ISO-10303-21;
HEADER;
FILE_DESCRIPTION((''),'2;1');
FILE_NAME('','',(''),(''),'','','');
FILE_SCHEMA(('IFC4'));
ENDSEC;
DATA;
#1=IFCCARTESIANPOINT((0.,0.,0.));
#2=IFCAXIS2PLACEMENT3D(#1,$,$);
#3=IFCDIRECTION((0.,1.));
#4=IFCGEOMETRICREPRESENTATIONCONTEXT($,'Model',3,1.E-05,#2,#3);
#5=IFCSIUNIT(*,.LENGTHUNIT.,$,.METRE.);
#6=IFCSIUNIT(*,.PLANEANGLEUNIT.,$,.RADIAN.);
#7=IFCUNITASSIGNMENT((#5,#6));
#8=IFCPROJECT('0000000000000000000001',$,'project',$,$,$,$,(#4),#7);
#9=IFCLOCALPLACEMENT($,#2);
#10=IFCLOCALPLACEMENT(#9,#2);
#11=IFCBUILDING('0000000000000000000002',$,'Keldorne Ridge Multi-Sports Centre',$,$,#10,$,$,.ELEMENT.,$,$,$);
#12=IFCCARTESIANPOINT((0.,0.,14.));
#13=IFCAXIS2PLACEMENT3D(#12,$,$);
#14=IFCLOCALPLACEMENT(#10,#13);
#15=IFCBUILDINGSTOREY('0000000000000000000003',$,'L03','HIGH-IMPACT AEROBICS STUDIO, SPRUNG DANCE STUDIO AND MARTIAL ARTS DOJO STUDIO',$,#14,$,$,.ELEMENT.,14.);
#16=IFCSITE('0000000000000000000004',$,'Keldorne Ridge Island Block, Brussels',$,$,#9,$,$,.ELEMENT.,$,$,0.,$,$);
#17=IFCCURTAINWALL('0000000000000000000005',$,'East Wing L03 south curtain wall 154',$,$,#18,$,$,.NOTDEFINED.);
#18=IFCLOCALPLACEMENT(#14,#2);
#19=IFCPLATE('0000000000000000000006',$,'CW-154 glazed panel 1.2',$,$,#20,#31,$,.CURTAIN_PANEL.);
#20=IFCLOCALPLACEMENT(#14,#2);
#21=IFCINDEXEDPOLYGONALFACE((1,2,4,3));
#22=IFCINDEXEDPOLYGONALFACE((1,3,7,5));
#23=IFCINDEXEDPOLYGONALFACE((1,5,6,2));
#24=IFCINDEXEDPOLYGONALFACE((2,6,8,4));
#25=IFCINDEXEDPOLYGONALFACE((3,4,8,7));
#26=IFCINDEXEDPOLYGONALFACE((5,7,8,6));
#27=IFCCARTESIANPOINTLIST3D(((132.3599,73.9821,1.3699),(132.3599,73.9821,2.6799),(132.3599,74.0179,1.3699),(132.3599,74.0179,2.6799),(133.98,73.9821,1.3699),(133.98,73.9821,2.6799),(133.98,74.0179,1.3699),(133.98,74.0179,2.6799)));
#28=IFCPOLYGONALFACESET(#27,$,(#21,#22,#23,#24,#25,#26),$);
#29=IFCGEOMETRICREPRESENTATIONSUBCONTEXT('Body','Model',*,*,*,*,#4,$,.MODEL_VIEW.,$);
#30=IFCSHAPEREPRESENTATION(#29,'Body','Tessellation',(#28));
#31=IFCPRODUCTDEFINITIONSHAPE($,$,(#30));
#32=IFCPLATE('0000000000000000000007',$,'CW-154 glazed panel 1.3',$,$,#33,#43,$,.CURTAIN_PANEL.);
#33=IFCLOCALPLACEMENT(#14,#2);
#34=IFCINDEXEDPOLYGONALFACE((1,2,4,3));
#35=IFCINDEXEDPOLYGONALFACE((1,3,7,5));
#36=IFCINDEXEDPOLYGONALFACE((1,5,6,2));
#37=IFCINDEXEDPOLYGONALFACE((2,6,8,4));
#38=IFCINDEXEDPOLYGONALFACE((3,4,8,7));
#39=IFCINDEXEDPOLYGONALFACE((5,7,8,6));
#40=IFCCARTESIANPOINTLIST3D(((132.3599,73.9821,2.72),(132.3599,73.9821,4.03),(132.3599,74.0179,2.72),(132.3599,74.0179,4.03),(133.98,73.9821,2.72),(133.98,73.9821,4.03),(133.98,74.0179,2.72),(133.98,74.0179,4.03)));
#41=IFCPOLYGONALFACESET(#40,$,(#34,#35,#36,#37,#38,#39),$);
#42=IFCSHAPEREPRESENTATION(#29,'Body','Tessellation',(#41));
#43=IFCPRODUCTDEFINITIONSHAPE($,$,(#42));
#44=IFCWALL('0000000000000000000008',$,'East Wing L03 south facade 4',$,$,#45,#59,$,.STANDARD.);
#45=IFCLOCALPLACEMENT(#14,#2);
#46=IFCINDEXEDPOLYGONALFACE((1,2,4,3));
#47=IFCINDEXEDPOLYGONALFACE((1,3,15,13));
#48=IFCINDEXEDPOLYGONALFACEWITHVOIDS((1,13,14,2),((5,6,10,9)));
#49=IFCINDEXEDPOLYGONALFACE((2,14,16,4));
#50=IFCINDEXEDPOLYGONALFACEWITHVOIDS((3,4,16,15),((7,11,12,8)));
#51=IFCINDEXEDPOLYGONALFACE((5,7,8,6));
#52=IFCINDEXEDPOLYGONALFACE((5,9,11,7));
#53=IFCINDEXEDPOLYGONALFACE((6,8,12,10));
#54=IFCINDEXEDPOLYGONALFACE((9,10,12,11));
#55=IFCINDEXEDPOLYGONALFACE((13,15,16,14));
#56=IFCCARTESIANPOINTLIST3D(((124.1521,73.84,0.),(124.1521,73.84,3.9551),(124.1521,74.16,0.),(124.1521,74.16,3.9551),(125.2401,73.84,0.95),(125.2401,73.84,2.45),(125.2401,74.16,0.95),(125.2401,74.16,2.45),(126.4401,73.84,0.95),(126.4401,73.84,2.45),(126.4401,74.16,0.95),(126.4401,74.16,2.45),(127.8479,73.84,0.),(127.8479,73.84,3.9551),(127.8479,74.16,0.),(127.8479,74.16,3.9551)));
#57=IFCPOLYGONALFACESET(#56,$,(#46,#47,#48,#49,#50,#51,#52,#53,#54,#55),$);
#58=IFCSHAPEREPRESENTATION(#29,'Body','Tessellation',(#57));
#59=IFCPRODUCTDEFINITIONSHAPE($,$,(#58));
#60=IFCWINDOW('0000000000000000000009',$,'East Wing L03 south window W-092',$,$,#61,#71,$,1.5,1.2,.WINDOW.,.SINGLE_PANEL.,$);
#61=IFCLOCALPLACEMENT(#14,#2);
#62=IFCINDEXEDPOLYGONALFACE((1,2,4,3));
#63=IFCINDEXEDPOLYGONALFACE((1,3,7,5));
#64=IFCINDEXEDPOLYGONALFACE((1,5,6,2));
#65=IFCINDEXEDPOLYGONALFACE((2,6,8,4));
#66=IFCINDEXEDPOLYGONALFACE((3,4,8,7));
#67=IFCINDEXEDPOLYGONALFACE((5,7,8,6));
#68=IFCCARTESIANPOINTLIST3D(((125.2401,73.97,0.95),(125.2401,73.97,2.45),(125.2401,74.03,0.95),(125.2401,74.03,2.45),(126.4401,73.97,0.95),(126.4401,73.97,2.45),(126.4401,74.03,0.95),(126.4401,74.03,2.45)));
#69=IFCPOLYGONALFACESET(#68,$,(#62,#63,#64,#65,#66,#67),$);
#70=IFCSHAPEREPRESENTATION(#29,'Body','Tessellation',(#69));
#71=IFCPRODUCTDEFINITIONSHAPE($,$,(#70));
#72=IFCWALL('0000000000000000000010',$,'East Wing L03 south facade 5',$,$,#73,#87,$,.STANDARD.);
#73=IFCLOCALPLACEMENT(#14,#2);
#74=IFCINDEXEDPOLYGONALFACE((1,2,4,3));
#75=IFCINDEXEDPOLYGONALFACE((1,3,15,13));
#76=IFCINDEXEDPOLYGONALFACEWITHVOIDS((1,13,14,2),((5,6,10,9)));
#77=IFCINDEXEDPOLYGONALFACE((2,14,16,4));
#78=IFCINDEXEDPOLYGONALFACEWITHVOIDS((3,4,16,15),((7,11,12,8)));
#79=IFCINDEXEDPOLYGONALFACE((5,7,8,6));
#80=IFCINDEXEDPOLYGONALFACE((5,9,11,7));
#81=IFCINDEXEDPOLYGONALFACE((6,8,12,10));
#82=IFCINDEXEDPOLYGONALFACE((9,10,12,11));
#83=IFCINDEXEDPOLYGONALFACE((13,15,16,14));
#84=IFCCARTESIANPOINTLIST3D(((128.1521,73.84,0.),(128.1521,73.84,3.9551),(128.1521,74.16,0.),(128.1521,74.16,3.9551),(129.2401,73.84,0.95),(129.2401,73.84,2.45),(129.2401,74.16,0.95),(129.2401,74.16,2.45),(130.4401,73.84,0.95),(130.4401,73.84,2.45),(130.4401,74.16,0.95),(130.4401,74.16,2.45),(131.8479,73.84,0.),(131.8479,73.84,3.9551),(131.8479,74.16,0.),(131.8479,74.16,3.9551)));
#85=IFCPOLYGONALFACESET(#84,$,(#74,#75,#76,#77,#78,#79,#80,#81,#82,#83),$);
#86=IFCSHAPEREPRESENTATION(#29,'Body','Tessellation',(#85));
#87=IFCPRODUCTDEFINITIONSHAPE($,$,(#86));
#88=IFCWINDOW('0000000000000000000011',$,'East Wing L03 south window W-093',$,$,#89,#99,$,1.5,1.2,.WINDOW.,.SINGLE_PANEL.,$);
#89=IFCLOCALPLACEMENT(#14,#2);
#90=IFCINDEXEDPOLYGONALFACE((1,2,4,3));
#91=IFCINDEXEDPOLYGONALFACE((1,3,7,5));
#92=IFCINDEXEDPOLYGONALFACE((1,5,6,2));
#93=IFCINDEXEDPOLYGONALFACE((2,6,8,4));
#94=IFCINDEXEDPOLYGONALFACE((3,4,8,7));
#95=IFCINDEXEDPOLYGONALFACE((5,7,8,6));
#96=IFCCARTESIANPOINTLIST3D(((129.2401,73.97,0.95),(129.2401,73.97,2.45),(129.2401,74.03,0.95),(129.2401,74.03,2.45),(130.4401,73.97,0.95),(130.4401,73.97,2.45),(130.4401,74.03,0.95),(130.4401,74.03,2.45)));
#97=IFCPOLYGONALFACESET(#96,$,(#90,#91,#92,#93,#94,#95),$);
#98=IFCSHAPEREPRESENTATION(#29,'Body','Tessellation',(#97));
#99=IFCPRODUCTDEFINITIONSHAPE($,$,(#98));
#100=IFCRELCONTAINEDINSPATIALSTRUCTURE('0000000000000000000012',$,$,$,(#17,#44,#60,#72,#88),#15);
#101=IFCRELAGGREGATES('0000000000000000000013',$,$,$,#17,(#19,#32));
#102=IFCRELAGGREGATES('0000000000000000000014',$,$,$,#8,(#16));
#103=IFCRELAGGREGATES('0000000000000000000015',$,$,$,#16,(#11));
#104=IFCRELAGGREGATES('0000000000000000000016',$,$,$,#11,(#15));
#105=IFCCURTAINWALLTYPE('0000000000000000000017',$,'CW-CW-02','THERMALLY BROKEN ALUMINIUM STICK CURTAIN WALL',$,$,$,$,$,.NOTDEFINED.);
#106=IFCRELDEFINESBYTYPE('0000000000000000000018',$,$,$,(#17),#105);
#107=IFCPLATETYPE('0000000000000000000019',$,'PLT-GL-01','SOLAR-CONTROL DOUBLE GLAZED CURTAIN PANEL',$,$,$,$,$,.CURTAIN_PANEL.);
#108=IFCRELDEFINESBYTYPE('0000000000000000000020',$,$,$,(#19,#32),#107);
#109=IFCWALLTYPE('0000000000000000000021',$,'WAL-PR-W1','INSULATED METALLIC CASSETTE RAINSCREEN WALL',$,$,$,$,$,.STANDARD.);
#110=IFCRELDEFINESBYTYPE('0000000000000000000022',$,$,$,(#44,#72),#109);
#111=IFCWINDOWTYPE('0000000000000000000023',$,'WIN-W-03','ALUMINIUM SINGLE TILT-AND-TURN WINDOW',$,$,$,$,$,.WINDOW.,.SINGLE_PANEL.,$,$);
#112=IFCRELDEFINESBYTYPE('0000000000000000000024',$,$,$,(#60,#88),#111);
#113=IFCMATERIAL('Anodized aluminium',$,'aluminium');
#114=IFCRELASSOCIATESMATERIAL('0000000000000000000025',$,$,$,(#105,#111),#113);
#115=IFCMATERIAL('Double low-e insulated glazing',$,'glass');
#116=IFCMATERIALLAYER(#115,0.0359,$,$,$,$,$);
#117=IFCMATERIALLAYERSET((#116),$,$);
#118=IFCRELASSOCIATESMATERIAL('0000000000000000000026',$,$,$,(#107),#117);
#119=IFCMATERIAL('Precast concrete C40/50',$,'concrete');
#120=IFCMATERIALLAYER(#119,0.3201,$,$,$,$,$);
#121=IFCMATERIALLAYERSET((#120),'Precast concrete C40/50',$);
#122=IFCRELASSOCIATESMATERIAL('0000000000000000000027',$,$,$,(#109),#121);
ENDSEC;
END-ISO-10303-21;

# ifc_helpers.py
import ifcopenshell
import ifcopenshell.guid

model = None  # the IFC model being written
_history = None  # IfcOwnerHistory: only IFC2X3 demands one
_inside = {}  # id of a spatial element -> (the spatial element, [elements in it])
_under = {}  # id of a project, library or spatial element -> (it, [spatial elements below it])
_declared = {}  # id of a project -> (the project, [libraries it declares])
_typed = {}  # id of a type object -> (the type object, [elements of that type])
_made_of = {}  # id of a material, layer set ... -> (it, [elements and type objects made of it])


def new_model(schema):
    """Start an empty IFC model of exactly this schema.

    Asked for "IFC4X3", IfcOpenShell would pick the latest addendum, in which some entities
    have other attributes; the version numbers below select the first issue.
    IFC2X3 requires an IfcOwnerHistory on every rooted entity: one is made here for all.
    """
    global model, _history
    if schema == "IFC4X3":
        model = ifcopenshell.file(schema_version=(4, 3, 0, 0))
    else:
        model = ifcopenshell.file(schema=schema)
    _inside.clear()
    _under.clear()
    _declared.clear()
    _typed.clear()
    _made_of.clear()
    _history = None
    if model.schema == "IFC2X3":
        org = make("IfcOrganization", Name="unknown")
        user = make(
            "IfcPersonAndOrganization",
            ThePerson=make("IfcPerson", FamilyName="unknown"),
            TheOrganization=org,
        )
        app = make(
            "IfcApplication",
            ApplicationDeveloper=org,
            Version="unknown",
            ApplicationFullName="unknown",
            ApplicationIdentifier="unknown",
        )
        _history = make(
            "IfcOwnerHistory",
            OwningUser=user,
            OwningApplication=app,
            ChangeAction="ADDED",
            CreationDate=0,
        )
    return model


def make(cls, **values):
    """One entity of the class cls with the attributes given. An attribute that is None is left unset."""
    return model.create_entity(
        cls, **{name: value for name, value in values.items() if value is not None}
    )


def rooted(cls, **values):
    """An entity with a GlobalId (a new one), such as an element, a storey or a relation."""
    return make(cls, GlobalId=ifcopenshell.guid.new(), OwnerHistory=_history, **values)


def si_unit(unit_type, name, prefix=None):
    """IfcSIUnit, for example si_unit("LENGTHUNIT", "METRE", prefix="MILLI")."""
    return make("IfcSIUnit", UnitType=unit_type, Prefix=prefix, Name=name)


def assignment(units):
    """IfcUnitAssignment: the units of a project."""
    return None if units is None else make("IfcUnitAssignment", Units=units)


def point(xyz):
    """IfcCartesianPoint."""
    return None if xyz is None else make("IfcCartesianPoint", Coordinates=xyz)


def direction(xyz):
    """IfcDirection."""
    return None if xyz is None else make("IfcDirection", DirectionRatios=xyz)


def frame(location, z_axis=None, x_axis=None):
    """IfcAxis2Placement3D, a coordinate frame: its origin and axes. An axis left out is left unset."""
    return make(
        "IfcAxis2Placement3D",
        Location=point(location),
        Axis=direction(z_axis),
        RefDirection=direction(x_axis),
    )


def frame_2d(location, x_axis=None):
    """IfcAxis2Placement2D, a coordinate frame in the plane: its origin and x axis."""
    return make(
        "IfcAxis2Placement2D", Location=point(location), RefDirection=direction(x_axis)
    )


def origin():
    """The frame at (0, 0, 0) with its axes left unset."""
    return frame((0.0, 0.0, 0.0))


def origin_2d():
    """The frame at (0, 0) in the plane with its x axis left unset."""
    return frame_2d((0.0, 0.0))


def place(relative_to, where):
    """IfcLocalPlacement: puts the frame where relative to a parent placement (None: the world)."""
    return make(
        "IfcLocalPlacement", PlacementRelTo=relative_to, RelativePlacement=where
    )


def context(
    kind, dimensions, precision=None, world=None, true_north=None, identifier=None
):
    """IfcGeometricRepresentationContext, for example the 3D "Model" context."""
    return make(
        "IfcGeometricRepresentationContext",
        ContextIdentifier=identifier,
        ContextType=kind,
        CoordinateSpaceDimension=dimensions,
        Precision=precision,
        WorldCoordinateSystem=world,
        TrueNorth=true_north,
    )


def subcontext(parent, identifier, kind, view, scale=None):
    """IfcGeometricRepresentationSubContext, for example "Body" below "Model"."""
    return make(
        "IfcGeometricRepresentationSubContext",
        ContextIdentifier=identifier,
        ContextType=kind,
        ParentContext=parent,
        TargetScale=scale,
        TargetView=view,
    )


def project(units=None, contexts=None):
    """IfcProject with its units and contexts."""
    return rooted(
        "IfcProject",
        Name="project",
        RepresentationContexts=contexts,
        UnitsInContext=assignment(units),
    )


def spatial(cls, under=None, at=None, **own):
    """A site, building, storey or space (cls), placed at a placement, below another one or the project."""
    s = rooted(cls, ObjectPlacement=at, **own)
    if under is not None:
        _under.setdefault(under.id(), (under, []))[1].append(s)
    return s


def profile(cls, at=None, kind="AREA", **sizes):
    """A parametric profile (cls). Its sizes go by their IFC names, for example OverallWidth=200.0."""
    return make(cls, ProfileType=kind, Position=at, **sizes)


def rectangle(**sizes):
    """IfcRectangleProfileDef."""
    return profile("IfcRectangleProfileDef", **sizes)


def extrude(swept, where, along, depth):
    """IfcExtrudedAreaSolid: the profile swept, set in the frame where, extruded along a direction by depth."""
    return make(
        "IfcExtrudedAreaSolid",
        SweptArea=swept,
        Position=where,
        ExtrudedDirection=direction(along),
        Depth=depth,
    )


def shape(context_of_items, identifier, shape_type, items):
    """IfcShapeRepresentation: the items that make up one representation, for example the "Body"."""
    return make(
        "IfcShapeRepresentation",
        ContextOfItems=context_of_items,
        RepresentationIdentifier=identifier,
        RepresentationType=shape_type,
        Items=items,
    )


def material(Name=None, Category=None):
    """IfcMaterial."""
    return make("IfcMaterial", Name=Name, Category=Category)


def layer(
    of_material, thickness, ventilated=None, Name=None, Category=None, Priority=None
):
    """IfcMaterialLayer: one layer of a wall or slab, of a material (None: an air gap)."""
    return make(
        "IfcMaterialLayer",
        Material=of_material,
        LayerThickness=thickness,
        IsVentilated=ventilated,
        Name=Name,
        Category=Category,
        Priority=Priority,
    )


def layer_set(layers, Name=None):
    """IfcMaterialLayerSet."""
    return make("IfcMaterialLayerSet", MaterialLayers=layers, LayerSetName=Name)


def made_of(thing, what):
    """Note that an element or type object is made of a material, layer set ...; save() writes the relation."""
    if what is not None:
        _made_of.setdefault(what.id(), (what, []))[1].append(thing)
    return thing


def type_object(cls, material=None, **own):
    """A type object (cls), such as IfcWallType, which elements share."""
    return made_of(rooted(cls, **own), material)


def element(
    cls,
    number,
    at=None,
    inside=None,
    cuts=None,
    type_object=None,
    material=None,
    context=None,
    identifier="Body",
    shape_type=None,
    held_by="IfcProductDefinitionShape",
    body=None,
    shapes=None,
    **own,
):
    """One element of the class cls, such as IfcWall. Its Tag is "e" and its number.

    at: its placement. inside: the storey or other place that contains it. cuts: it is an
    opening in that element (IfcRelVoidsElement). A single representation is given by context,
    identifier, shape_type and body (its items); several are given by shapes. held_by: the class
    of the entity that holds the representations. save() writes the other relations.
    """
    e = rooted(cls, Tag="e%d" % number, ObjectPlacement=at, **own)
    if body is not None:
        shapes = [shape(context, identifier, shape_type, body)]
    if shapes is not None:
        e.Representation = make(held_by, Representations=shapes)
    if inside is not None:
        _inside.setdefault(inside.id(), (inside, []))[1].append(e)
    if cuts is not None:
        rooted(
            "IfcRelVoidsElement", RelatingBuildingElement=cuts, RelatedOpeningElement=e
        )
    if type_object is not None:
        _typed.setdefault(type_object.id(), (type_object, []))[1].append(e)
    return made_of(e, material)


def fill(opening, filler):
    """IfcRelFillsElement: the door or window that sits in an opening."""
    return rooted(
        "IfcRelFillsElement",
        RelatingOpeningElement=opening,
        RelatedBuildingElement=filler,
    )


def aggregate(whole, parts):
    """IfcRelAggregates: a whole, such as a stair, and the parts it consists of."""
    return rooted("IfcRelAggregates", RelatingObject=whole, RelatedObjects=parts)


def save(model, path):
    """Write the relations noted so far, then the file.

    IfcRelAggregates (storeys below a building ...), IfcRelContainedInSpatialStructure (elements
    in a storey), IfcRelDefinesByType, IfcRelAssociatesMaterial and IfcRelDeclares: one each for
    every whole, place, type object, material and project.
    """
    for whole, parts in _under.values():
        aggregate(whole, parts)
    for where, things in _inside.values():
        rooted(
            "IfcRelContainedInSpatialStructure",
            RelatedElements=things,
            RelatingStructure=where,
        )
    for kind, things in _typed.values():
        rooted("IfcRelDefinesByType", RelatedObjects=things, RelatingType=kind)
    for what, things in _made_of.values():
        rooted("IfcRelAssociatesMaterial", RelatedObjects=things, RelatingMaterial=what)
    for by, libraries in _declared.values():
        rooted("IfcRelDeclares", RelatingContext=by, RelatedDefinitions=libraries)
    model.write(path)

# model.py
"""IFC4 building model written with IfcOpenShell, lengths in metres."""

from ifc_helpers import new_model, si_unit, direction, frame, frame_2d, origin, origin_2d, place, context, subcontext, project, spatial, rectangle, extrude, material, layer, layer_set, type_object, element, fill, aggregate, save


model = new_model("IFC4")

# Units and contexts
model_context = context("Model", 3, precision=1e-05, world=origin(), true_north=direction((0.0, 1.0)))
body_context = subcontext(model_context, "Body", "Model", "MODEL_VIEW")
ifc_project = project(units=[si_unit("LENGTHUNIT", "METRE"), si_unit("PLANEANGLEUNIT", "RADIAN")], contexts=[model_context])

# Site, building, storey
site_placement = place(None, origin())
site = spatial("IfcSite", under=ifc_project, at=site_placement, Name="Keldorne Ridge Island Block, Brussels", CompositionType="ELEMENT", RefElevation=0.0)
building_placement = place(site_placement, origin())
building = spatial("IfcBuilding", under=site, at=building_placement, Name="Keldorne Ridge Multi-Sports Centre", CompositionType="ELEMENT")
storey_placement = place(building_placement, frame((0.0, 0.0, 14.0)))
storey = spatial("IfcBuildingStorey", under=building, at=storey_placement, Name="L03", Description="HIGH-IMPACT AEROBICS STUDIO, SPRUNG DANCE STUDIO AND MARTIAL ARTS DOJO STUDIO", CompositionType="ELEMENT", Elevation=14.0)

# Shared definitions
ifc_material_1 = material(Name="Anodized aluminium", Category="aluminium")

# Curtain wall
curtain_wall_type_1 = type_object("IfcCurtainWallType", Name="CW-CW-02", Description="THERMALLY BROKEN ALUMINIUM STICK CURTAIN WALL", PredefinedType="NOTDEFINED", material=ifc_material_1)
curtain_wall_1_placement = place(storey_placement, origin())
curtain_wall_1 = element("IfcCurtainWall", 1, at=curtain_wall_1_placement, inside=storey, type_object=curtain_wall_type_1, Name="East Wing L03 south curtain wall 154", PredefinedType="NOTDEFINED")

# Plates
ifc_material_2 = material(Name="Double low-e insulated glazing", Category="glass")
ifc_layer_1 = layer(ifc_material_2, 0.0359)
ifc_layer_set_1 = layer_set([ifc_layer_1])
plate_type = type_object("IfcPlateType", Name="PLT-GL-01", Description="SOLAR-CONTROL DOUBLE GLAZED CURTAIN PANEL", PredefinedType="CURTAIN_PANEL", material=ifc_layer_set_1)
plate_1_placement = place(storey_placement, frame((133.1699, 74.0, 1.3699), z_axis=(0.0, 0.0, 1.0), x_axis=(1.0, 0.0, 0.0)))
plate_1 = element("IfcPlate", 2, at=plate_1_placement, type_object=plate_type, Name="CW-154 glazed panel 1.2", PredefinedType="CURTAIN_PANEL", context=body_context, shape_type="SweptSolid", body=[
    extrude(rectangle(XDim=1.6201, YDim=0.0359, at=origin_2d()), origin(), (0.0, 0.0, 1.0), 1.3101),
])
plate_2_placement = place(storey_placement, frame((133.1699, 74.0, 2.72), z_axis=(0.0, 0.0, 1.0), x_axis=(1.0, 0.0, 0.0)))
plate_2 = element("IfcPlate", 3, at=plate_2_placement, type_object=plate_type, Name="CW-154 glazed panel 1.3", PredefinedType="CURTAIN_PANEL", context=body_context, shape_type="SweptSolid", body=[
    extrude(rectangle(XDim=1.6201, YDim=0.0359, at=origin_2d()), origin(), (0.0, 0.0, 1.0), 1.3101),
])
aggregate(curtain_wall_1, [plate_1, plate_2])

# Walls, openings, windows
ifc_material_3 = material(Name="Precast concrete C40/50", Category="concrete")
ifc_layer_2 = layer(ifc_material_3, 0.3201)
ifc_layer_set_2 = layer_set([ifc_layer_2], Name="Precast concrete C40/50")
wall_type = type_object("IfcWallType", Name="WAL-PR-W1", Description="INSULATED METALLIC CASSETTE RAINSCREEN WALL", PredefinedType="STANDARD", material=ifc_layer_set_2)
wall_1_placement = place(storey_placement, frame((124.1521, 74.0, 0.0), z_axis=(0.0, 0.0, 1.0), x_axis=(1.0, 0.0, 0.0)))
wall_1 = element("IfcWall", 4, at=wall_1_placement, inside=storey, type_object=wall_type, Name="East Wing L03 south facade 4", PredefinedType="STANDARD", context=body_context, shape_type="SweptSolid", body=[
    extrude(rectangle(XDim=3.6958, YDim=0.3201, at=frame_2d((1.8479, 0.0))), origin(), (0.0, 0.0, 1.0), 3.9551),
])
opening_1_placement = place(wall_1_placement, frame((1.0879, 0.0, 0.95)))
opening_1 = element("IfcOpeningElement", 5, at=opening_1_placement, cuts=wall_1, PredefinedType="OPENING", context=body_context, shape_type="SweptSolid", body=[
    extrude(rectangle(XDim=1.2, YDim=1.5, at=frame_2d((0.6001, 0.75))), frame((0.0, 0.1699, 0.0), z_axis=(0.0, -1.0, 0.0), x_axis=(1.0, 0.0, 0.0)), (0.0, 0.0, 1.0), 0.3401),
])
window_type = type_object("IfcWindowType", Name="WIN-W-03", Description="ALUMINIUM SINGLE TILT-AND-TURN WINDOW", PartitioningType="SINGLE_PANEL", PredefinedType="WINDOW", material=ifc_material_1)
window_1_placement = place(opening_1_placement, origin())
window_1 = element("IfcWindow", 6, at=window_1_placement, inside=storey, type_object=window_type, Name="East Wing L03 south window W-092", OverallHeight=1.5, OverallWidth=1.2, PartitioningType="SINGLE_PANEL", PredefinedType="WINDOW", context=body_context, shape_type="SweptSolid", body=[
    extrude(rectangle(XDim=1.2, YDim=1.5, at=frame_2d((0.6001, 0.75))), frame((0.0, 0.03, 0.0), z_axis=(0.0, -1.0, 0.0), x_axis=(1.0, 0.0, 0.0)), (0.0, 0.0, 1.0), 0.0601),
])
fill(opening_1, window_1)
wall_2_placement = place(storey_placement, frame((128.1521, 74.0, 0.0), z_axis=(0.0, 0.0, 1.0), x_axis=(1.0, 0.0, 0.0)))
wall_2 = element("IfcWall", 7, at=wall_2_placement, inside=storey, type_object=wall_type, Name="East Wing L03 south facade 5", PredefinedType="STANDARD", context=body_context, shape_type="SweptSolid", body=[
    extrude(rectangle(XDim=3.6958, YDim=0.3201, at=frame_2d((1.8479, 0.0))), origin(), (0.0, 0.0, 1.0), 3.9551),
])
opening_2_placement = place(wall_2_placement, frame((1.0879, 0.0, 0.95)))
opening_2 = element("IfcOpeningElement", 8, at=opening_2_placement, cuts=wall_2, PredefinedType="OPENING", context=body_context, shape_type="SweptSolid", body=[
    extrude(rectangle(XDim=1.2, YDim=1.5, at=frame_2d((0.6001, 0.75))), frame((0.0, 0.1699, 0.0), z_axis=(0.0, -1.0, 0.0), x_axis=(1.0, 0.0, 0.0)), (0.0, 0.0, 1.0), 0.3401),
])
window_2_placement = place(opening_2_placement, origin())
window_2 = element("IfcWindow", 9, at=window_2_placement, inside=storey, type_object=window_type, Name="East Wing L03 south window W-093", OverallHeight=1.5, OverallWidth=1.2, PartitioningType="SINGLE_PANEL", PredefinedType="WINDOW", context=body_context, shape_type="SweptSolid", body=[
    extrude(rectangle(XDim=1.2, YDim=1.5, at=frame_2d((0.6001, 0.75))), frame((0.0, 0.03, 0.0), z_axis=(0.0, -1.0, 0.0), x_axis=(1.0, 0.0, 0.0)), (0.0, 0.0, 1.0), 0.0601),
])
fill(opening_2, window_2)

save(model, "model.ifc")
